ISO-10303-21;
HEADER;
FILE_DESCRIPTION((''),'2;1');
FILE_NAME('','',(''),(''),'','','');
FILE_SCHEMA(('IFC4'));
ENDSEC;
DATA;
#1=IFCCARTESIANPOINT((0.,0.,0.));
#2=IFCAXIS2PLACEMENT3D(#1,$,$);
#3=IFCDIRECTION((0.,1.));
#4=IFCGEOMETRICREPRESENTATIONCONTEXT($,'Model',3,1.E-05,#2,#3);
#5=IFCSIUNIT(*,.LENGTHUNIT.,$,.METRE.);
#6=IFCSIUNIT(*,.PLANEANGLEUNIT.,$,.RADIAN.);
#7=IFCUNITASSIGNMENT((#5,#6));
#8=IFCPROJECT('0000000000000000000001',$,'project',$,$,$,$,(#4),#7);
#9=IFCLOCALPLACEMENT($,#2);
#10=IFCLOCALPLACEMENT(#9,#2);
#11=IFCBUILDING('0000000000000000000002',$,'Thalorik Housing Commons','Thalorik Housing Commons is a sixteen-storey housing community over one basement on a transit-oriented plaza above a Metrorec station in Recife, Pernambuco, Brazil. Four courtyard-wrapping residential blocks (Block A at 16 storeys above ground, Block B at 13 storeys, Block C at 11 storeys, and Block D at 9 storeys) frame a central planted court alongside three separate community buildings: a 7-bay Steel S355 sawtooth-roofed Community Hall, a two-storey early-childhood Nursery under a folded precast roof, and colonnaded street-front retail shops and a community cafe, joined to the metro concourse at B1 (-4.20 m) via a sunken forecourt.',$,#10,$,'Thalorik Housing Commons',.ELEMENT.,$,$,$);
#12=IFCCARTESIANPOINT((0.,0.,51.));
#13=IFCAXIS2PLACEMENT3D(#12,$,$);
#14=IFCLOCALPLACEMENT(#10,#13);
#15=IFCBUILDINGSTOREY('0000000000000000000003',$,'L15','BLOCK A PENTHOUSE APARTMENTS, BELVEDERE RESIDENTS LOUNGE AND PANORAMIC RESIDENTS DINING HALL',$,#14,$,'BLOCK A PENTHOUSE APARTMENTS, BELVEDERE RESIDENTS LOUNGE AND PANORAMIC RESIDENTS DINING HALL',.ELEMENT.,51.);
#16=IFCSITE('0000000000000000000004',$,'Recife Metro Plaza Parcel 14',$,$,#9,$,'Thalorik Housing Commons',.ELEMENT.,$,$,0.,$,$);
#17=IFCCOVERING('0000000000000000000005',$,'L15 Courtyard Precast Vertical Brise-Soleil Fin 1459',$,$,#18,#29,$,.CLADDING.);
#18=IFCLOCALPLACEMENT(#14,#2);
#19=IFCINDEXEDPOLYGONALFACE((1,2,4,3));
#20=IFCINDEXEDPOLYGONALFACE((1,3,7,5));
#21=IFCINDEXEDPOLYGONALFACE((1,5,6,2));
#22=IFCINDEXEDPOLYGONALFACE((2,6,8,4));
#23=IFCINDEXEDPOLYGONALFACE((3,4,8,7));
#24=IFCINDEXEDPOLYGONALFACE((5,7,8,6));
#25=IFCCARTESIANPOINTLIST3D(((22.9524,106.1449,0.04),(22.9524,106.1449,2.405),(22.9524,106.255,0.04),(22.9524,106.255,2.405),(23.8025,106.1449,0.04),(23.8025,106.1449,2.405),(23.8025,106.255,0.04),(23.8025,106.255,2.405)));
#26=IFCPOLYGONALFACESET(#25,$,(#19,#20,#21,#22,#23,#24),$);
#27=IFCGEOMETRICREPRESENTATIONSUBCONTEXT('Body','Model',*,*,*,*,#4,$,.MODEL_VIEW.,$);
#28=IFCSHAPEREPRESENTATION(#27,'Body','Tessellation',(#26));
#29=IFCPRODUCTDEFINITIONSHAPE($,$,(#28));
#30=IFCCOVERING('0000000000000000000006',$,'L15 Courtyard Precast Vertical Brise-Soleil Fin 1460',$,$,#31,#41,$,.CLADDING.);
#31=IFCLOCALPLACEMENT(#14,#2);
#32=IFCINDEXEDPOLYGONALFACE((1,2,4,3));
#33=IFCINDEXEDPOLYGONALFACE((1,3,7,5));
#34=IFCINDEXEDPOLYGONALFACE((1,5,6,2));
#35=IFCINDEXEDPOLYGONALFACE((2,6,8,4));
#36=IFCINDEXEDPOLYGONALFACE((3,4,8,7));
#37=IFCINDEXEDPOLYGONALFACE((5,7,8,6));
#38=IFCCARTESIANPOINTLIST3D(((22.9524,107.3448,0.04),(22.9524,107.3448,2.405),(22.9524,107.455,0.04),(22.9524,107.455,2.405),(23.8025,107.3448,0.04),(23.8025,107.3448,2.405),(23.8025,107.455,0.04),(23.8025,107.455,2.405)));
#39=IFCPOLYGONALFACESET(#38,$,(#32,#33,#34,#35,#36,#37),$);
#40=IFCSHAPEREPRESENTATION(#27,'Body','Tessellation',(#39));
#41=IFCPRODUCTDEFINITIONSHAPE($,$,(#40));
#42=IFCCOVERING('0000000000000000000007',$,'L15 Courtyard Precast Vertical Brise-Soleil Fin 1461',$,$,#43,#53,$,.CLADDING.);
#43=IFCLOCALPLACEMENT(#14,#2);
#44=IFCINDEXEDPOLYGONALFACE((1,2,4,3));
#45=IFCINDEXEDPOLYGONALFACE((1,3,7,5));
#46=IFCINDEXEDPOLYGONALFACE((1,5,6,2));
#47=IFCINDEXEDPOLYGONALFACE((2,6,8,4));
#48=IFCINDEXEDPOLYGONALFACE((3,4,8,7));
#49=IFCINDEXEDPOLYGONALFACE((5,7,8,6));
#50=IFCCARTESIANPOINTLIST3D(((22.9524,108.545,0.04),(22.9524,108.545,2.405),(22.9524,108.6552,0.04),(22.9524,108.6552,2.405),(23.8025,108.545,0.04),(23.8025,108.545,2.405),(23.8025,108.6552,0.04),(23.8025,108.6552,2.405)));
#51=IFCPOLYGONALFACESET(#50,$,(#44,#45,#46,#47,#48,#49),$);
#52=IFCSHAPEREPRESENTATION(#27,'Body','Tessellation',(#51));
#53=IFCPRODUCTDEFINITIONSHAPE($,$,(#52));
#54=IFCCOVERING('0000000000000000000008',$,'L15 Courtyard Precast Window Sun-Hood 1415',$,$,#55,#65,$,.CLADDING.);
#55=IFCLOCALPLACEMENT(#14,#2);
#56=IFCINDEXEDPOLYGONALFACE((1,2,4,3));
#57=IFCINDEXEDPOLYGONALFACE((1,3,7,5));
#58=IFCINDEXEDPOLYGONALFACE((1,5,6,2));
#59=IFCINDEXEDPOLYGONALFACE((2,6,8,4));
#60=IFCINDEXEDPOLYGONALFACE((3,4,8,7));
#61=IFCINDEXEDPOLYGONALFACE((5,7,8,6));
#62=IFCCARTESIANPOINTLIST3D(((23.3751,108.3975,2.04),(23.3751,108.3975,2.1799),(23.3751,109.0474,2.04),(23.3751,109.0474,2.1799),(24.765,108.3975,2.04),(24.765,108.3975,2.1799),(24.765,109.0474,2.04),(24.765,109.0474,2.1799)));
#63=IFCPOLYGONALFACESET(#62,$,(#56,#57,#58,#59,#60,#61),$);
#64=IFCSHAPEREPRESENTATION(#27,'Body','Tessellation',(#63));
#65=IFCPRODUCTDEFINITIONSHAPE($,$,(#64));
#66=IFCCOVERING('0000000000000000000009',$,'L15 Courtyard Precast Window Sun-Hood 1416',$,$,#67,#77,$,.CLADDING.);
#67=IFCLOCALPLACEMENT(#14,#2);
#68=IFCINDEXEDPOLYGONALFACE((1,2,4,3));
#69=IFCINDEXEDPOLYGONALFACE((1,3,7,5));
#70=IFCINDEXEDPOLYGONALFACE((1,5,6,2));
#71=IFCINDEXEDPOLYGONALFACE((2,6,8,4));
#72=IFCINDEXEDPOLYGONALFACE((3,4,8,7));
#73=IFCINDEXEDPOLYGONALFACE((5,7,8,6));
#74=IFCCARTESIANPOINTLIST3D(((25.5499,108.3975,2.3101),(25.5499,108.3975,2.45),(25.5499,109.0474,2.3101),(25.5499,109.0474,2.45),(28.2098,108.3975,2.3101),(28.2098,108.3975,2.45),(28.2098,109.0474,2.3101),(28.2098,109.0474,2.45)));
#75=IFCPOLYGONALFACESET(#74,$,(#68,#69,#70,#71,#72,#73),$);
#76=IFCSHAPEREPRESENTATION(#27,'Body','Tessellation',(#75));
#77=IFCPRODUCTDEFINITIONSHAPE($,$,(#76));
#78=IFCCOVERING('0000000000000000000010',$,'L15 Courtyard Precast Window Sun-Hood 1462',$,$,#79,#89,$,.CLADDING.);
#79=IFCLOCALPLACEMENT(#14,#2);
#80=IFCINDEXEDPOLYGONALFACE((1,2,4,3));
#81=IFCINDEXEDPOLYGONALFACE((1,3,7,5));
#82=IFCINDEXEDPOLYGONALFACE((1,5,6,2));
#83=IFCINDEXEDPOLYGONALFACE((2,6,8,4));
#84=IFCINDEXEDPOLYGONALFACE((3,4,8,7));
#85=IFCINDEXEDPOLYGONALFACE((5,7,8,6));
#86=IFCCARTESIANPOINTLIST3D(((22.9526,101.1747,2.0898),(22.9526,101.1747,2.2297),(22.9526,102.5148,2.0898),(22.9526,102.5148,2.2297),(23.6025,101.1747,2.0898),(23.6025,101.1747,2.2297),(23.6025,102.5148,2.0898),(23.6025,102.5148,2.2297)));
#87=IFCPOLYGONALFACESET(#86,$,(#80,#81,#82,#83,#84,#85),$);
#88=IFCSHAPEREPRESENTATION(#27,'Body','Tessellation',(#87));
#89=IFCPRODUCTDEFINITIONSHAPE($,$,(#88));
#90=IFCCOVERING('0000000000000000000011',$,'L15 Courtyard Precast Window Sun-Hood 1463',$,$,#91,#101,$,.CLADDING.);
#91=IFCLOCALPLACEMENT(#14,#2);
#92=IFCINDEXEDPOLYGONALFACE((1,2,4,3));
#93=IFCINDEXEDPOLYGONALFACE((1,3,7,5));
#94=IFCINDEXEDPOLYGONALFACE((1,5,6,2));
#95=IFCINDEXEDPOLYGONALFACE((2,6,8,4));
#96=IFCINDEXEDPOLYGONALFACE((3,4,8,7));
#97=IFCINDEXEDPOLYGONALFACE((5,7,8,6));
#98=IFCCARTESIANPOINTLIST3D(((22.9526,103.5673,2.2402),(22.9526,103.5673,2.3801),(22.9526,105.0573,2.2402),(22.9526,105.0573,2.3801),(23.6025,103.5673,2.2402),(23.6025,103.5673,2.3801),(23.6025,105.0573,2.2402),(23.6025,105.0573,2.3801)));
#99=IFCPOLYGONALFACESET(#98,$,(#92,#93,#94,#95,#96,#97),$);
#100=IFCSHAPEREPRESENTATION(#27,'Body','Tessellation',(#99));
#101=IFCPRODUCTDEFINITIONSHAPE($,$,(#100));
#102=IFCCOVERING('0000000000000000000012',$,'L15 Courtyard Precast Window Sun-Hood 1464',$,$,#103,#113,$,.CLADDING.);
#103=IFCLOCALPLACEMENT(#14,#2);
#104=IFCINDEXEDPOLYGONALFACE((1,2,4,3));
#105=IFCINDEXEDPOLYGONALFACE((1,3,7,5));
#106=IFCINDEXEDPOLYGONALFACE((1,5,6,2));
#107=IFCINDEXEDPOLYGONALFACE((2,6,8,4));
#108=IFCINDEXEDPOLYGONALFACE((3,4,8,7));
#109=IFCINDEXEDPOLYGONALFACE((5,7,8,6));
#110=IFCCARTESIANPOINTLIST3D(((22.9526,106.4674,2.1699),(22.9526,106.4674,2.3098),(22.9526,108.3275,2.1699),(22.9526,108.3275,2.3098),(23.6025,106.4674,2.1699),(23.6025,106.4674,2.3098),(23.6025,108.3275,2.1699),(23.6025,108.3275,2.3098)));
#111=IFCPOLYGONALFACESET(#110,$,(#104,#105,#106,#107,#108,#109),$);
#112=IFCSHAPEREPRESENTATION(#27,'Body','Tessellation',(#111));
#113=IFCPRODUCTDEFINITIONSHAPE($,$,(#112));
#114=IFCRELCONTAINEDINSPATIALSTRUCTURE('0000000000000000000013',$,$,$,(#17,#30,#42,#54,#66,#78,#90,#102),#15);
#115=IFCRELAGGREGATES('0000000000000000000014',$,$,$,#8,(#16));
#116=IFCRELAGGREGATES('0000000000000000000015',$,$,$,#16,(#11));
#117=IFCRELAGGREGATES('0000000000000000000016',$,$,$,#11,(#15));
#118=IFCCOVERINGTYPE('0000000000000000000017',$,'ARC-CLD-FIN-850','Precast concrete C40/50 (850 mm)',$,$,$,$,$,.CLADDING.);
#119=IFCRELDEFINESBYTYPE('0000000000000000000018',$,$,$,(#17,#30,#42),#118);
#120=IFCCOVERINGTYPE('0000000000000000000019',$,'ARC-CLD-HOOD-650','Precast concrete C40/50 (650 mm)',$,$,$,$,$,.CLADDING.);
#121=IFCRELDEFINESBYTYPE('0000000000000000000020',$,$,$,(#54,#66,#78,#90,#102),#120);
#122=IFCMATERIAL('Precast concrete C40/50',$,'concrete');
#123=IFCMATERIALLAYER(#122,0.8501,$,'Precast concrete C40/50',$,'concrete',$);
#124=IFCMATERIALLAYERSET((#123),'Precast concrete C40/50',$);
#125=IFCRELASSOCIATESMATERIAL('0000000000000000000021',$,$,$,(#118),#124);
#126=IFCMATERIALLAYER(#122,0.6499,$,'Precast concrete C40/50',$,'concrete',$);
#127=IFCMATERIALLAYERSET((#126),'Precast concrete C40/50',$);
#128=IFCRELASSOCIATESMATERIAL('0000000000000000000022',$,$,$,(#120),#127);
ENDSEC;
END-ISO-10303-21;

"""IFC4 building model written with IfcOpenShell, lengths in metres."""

from ifc_helpers import new_model, si_unit, direction, frame, origin, origin_2d, place, context, subcontext, project, spatial, rectangle, extrude, material, layer, layer_set, type_object, element, save


model = new_model("IFC4")

# Units and contexts
model_context = context("Model", 3, precision=1e-05, world=origin(), true_north=direction((0.0, 1.0)))
body_context = subcontext(model_context, "Body", "Model", "MODEL_VIEW")
ifc_project = project(units=[si_unit("LENGTHUNIT", "METRE"), si_unit("PLANEANGLEUNIT", "RADIAN")], contexts=[model_context])

# Site, building, storey
site_placement = place(None, origin())
site = spatial("IfcSite", under=ifc_project, at=site_placement, Name="Recife Metro Plaza Parcel 14", LongName="Thalorik Housing Commons", CompositionType="ELEMENT", RefElevation=0.0)
building_placement = place(site_placement, origin())
building = spatial("IfcBuilding", under=site, at=building_placement, Name="Thalorik Housing Commons", Description="Thalorik Housing Commons is a sixteen-storey housing community over one basement on a transit-oriented plaza above a Metrorec station in Recife, Pernambuco, Brazil. Four courtyard-wrapping residential blocks (Block A at 16 storeys above ground, Block B at 13 storeys, Block C at 11 storeys, and Block D at 9 storeys) frame a central planted court alongside three separate community buildings: a 7-bay Steel S355 sawtooth-roofed Community Hall, a two-storey early-childhood Nursery under a folded precast roof, and colonnaded street-front retail shops and a community cafe, joined to the metro concourse at B1 (-4.20 m) via a sunken forecourt.", LongName="Thalorik Housing Commons", CompositionType="ELEMENT")
storey_placement = place(building_placement, frame((0.0, 0.0, 51.0)))
storey = spatial("IfcBuildingStorey", under=building, at=storey_placement, Name="L15", Description="BLOCK A PENTHOUSE APARTMENTS, BELVEDERE RESIDENTS LOUNGE AND PANORAMIC RESIDENTS DINING HALL", LongName="BLOCK A PENTHOUSE APARTMENTS, BELVEDERE RESIDENTS LOUNGE AND PANORAMIC RESIDENTS DINING HALL", CompositionType="ELEMENT", Elevation=51.0)

# Shared definitions
ifc_material_1 = material(Name="Precast concrete C40/50", Category="concrete")

# Coverings
ifc_layer_1 = layer(ifc_material_1, 0.8501, Name="Precast concrete C40/50", Category="concrete")
ifc_layer_set_1 = layer_set([ifc_layer_1], Name="Precast concrete C40/50")
covering_type_1 = type_object("IfcCoveringType", Name="ARC-CLD-FIN-850", Description="Precast concrete C40/50 (850 mm)", PredefinedType="CLADDING", material=ifc_layer_set_1)
for number, where, z_axis, x_axis, name in (
    (1, (23.3774, 106.2, 0.04), (0.0, 0.0, 1.0), (0.0, 1.0, 0.0), "L15 Courtyard Precast Vertical Brise-Soleil Fin 1459"),
    (2, (23.3774, 107.3999, 0.04), (0.0, 0.0, 1.0), (0.0, 1.0, 0.0), "L15 Courtyard Precast Vertical Brise-Soleil Fin 1460"),
    (3, (23.3774, 108.6001, 0.04), (0.0, 0.0, 1.0), (0.0, 1.0, 0.0), "L15 Courtyard Precast Vertical Brise-Soleil Fin 1461"),
):
    element("IfcCovering", number, at=place(storey_placement, frame(where, z_axis=z_axis, x_axis=x_axis)), inside=storey, type_object=covering_type_1, Name=name, PredefinedType="CLADDING", context=body_context, shape_type="SweptSolid", body=[
        extrude(rectangle(XDim=0.1101, YDim=0.8501, at=origin_2d()), origin(), (0.0, 0.0, 1.0), 2.365),
    ])
ifc_layer_2 = layer(ifc_material_1, 0.6499, Name="Precast concrete C40/50", Category="concrete")
ifc_layer_set_2 = layer_set([ifc_layer_2], Name="Precast concrete C40/50")
covering_type_2 = type_object("IfcCoveringType", Name="ARC-CLD-HOOD-650", Description="Precast concrete C40/50 (650 mm)", PredefinedType="CLADDING", material=ifc_layer_set_2)
covering_1_placement = place(storey_placement, frame((24.0701, 108.7224, 2.04), z_axis=(0.0, 0.0, 1.0), x_axis=(1.0, 0.0, 0.0)))
element("IfcCovering", 4, at=covering_1_placement, inside=storey, type_object=covering_type_2, Name="L15 Courtyard Precast Window Sun-Hood 1415", PredefinedType="CLADDING", context=body_context, shape_type="SweptSolid", body=[
    extrude(rectangle(XDim=1.3899, YDim=0.6499, at=origin_2d()), origin(), (0.0, 0.0, 1.0), 0.1399),
])
covering_2_placement = place(storey_placement, frame((26.8799, 108.7224, 2.3101), z_axis=(0.0, 0.0, 1.0), x_axis=(1.0, 0.0, 0.0)))
element("IfcCovering", 5, at=covering_2_placement, inside=storey, type_object=covering_type_2, Name="L15 Courtyard Precast Window Sun-Hood 1416", PredefinedType="CLADDING", context=body_context, shape_type="SweptSolid", body=[
    extrude(rectangle(XDim=2.6599, YDim=0.6499, at=origin_2d()), origin(), (0.0, 0.0, 1.0), 0.1399),
])
covering_3_placement = place(storey_placement, frame((23.2776, 101.8447, 2.0898), z_axis=(0.0, 0.0, 1.0), x_axis=(0.0, 1.0, 0.0)))
element("IfcCovering", 6, at=covering_3_placement, inside=storey, type_object=covering_type_2, Name="L15 Courtyard Precast Window Sun-Hood 1462", PredefinedType="CLADDING", context=body_context, shape_type="SweptSolid", body=[
    extrude(rectangle(XDim=1.3401, YDim=0.6499, at=origin_2d()), origin(), (0.0, 0.0, 1.0), 0.1399),
])
covering_4_placement = place(storey_placement, frame((23.2776, 104.3123, 2.2402), z_axis=(0.0, 0.0, 1.0), x_axis=(0.0, 1.0, 0.0)))
element("IfcCovering", 7, at=covering_4_placement, inside=storey, type_object=covering_type_2, Name="L15 Courtyard Precast Window Sun-Hood 1463", PredefinedType="CLADDING", context=body_context, shape_type="SweptSolid", body=[
    extrude(rectangle(XDim=1.49, YDim=0.6499, at=origin_2d()), origin(), (0.0, 0.0, 1.0), 0.1399),
])
covering_5_placement = place(storey_placement, frame((23.2776, 107.3975, 2.1699), z_axis=(0.0, 0.0, 1.0), x_axis=(0.0, 1.0, 0.0)))
element("IfcCovering", 8, at=covering_5_placement, inside=storey, type_object=covering_type_2, Name="L15 Courtyard Precast Window Sun-Hood 1464", PredefinedType="CLADDING", context=body_context, shape_type="SweptSolid", body=[
    extrude(rectangle(XDim=1.8601, YDim=0.6499, at=origin_2d()), origin(), (0.0, 0.0, 1.0), 0.1399),
])

save(model, "model.ifc")
